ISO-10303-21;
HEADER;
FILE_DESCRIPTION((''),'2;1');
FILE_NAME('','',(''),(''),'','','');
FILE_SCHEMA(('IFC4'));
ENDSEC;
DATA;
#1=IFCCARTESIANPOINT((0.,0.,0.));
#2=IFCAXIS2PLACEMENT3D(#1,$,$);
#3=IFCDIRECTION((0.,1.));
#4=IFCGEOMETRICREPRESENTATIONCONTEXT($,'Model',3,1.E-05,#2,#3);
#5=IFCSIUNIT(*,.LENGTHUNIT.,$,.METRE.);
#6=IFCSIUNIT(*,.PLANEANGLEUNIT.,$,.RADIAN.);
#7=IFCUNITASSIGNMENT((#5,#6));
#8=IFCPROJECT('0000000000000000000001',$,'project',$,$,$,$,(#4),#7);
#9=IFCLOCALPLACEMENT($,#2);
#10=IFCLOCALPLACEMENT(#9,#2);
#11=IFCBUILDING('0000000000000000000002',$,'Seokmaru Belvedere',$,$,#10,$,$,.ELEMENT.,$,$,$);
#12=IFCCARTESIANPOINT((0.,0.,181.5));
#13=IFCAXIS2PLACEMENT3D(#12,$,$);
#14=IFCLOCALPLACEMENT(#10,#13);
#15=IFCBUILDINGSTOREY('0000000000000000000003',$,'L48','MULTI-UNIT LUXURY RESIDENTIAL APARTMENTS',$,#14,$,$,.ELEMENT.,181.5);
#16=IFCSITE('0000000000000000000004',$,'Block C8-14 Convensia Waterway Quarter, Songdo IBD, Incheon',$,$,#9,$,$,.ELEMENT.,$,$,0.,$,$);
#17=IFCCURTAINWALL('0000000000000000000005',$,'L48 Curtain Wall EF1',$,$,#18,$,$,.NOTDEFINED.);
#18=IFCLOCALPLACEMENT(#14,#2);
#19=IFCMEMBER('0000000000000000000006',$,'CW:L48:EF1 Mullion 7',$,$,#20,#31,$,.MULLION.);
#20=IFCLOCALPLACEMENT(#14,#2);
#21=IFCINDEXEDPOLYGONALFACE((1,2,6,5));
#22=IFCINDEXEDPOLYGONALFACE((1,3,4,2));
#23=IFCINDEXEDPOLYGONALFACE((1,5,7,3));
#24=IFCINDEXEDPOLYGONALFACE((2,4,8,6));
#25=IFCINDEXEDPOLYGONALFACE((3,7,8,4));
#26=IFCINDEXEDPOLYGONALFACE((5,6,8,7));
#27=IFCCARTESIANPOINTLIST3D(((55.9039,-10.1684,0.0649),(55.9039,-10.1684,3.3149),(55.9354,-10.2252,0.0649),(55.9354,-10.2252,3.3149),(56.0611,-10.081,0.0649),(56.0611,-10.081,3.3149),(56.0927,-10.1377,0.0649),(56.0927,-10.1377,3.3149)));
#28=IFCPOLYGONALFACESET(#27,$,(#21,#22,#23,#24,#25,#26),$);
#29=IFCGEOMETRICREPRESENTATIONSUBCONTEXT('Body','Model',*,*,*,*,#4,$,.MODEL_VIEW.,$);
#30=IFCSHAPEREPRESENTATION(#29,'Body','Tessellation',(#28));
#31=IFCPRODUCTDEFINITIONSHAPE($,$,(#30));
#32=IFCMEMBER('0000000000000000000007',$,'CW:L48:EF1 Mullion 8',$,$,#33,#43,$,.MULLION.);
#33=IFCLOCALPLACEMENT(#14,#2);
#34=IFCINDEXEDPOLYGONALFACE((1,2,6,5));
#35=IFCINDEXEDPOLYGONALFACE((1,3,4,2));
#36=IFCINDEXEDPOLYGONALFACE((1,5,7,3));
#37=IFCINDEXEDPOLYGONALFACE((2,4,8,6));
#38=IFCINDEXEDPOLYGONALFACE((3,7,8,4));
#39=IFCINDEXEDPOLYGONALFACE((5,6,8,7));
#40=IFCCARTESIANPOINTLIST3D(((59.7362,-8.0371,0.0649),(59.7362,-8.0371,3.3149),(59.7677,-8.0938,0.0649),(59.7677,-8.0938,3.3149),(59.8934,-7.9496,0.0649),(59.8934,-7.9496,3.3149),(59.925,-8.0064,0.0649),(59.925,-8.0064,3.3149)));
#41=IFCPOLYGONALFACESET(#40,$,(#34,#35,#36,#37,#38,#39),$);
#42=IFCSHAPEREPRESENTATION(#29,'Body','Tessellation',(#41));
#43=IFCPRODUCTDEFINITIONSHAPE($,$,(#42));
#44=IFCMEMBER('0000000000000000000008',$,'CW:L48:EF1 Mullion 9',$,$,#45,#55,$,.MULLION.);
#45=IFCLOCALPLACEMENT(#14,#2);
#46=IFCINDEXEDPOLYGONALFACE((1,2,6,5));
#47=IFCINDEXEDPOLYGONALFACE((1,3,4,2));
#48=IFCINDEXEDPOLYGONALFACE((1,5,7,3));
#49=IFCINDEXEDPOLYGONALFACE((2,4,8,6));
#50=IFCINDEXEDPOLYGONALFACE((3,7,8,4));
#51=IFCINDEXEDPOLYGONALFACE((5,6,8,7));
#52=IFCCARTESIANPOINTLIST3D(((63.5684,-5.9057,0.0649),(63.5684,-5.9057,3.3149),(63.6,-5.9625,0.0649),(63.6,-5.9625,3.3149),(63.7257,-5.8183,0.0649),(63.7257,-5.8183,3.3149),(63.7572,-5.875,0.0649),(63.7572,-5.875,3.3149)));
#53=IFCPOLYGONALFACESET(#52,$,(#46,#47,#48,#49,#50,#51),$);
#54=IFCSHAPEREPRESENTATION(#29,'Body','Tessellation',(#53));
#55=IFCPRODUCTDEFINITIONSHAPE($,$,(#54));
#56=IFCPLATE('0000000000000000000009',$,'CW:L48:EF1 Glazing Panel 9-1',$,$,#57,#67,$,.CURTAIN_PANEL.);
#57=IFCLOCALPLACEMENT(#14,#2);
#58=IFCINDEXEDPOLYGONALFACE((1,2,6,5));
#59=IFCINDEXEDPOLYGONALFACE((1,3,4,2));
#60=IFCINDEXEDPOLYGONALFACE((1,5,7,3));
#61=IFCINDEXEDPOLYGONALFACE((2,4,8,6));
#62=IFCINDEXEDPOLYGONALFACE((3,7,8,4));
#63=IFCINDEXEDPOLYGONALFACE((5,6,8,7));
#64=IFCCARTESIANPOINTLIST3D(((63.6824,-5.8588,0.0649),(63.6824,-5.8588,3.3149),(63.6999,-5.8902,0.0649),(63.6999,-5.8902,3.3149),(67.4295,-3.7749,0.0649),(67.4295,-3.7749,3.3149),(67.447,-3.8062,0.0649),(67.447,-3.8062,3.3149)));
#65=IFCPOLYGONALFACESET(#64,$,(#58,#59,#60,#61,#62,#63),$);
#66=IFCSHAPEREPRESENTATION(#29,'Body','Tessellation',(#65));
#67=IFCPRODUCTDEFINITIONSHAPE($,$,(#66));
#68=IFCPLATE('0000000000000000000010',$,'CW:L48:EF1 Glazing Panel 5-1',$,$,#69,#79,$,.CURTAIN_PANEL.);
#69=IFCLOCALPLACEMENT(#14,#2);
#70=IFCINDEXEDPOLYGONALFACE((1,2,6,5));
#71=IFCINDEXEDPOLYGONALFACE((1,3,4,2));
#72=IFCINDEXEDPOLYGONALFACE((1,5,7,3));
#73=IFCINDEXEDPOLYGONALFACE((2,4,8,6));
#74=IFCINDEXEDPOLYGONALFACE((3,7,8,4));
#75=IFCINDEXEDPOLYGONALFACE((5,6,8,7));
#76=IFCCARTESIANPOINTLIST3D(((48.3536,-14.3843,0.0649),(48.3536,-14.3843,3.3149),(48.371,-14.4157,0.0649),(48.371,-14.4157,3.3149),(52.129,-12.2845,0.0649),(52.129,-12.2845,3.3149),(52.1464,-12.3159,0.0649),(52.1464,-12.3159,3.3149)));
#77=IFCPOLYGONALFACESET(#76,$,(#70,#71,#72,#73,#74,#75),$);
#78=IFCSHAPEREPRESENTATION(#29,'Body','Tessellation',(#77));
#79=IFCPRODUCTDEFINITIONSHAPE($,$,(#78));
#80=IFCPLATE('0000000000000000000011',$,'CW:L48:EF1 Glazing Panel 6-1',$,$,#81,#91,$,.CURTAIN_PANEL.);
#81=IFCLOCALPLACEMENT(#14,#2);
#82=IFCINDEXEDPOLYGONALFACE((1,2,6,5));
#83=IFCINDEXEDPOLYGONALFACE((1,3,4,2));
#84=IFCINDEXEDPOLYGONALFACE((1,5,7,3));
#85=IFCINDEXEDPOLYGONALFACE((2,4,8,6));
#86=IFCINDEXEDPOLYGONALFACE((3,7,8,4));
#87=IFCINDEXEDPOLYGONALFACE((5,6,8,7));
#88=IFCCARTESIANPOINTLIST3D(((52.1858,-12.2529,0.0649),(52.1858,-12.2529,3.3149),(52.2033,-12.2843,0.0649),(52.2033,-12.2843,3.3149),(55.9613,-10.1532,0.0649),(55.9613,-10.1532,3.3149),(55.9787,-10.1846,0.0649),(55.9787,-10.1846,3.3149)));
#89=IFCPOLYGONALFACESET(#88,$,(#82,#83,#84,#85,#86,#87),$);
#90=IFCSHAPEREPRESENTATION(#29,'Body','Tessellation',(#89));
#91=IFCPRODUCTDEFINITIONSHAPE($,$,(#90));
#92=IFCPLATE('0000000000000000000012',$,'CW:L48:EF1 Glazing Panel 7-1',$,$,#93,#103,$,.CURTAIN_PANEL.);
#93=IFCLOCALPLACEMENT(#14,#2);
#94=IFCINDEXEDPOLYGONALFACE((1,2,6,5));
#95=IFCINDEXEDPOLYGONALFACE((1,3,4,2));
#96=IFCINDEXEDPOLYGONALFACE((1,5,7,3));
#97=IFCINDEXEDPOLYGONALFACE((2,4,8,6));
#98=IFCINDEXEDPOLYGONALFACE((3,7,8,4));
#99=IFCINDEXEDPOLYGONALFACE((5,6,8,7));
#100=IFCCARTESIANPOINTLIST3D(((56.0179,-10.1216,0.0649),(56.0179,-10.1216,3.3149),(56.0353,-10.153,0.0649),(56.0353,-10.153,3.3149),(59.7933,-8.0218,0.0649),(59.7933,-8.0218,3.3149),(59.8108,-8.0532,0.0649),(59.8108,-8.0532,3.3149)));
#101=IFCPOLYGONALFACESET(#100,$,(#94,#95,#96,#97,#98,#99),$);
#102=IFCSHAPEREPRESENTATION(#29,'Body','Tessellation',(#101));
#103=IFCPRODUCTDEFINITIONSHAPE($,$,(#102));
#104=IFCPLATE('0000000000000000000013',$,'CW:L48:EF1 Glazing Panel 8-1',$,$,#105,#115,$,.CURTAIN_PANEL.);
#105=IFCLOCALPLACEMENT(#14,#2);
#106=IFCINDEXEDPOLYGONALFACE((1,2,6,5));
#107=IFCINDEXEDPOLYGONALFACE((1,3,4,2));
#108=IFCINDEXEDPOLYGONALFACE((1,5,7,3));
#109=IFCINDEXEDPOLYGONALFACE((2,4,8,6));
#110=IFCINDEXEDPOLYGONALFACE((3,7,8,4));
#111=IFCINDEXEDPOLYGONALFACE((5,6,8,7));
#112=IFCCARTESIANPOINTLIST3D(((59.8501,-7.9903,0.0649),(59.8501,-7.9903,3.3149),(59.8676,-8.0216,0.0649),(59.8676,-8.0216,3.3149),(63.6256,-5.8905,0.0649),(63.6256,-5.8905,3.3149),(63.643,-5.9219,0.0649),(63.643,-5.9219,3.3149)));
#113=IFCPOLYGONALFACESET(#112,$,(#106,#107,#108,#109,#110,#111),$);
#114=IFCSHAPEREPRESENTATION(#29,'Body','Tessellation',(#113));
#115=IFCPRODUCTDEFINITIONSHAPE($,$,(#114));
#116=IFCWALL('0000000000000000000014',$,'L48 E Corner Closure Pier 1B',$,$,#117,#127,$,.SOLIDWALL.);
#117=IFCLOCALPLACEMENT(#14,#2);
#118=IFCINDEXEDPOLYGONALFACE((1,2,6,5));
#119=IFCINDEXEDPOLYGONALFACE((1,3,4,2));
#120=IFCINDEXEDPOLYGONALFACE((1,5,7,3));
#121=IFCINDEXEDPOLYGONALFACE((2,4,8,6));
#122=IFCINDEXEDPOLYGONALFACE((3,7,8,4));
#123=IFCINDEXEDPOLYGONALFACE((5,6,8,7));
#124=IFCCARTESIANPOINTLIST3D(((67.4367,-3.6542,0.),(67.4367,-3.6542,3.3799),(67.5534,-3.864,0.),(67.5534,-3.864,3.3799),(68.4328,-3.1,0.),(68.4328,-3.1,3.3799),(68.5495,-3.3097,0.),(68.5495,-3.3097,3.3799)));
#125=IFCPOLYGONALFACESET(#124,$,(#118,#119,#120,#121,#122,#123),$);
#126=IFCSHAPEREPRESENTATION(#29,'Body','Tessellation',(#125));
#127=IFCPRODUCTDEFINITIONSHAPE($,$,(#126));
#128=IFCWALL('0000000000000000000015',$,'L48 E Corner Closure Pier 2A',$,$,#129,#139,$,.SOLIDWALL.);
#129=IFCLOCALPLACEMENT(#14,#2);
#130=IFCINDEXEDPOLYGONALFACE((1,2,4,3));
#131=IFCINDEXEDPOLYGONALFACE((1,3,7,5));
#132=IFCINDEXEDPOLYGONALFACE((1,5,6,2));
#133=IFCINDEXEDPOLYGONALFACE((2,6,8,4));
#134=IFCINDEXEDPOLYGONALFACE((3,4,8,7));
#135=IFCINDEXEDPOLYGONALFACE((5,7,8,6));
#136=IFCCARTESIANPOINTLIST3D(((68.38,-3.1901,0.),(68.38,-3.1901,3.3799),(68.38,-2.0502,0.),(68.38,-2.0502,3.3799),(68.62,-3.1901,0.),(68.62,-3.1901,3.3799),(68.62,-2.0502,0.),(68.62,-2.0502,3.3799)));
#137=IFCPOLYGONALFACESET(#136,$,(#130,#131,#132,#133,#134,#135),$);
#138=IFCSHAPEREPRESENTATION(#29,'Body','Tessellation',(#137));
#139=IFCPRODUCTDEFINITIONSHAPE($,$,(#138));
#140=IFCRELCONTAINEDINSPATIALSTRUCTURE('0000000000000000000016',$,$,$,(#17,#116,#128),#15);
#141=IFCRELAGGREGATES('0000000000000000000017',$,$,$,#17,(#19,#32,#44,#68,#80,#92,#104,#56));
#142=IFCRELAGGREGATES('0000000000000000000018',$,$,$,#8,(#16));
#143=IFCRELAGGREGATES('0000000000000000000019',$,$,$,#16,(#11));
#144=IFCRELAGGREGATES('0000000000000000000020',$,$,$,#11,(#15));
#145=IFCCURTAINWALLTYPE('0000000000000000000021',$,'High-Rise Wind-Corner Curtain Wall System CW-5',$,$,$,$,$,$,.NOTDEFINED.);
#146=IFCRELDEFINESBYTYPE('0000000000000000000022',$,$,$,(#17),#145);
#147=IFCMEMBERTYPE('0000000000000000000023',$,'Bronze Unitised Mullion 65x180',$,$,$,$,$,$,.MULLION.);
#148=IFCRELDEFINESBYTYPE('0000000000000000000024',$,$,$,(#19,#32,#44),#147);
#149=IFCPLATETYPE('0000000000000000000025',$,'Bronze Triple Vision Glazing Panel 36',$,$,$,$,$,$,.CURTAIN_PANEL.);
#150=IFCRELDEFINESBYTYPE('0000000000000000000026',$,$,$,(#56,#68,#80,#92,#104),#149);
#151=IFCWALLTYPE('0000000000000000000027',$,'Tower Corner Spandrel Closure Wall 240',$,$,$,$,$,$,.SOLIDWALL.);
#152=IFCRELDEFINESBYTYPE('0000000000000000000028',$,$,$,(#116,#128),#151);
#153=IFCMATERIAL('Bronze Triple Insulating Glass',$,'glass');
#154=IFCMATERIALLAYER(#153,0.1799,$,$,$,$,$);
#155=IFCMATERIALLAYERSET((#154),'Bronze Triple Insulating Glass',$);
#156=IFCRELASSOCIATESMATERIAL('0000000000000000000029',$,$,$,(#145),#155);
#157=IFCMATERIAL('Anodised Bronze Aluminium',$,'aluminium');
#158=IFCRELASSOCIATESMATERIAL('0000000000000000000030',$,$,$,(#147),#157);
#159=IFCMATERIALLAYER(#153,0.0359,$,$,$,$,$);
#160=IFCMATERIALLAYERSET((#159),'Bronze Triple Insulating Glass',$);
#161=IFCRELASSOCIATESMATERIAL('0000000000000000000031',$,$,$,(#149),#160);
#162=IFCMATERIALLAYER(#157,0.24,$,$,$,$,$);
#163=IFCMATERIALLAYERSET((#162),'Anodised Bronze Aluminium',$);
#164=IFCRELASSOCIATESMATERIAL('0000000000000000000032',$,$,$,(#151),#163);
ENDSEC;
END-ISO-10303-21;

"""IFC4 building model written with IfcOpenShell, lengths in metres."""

from ifc_helpers import new_model, si_unit, direction, frame, frame_2d, origin, origin_2d, place, context, subcontext, project, spatial, rectangle, extrude, source, transform, mapped, material, layer, layer_set, material_profile, profile_set, type_object, type_shapes, element, aggregate, save


model = new_model("IFC4")

# Units and contexts
model_context = context("Model", 3, precision=1e-05, world=origin(), true_north=direction((0.0, 1.0)))
body_context = subcontext(model_context, "Body", "Model", "MODEL_VIEW")
ifc_project = project(units=[si_unit("LENGTHUNIT", "METRE"), si_unit("PLANEANGLEUNIT", "RADIAN")], contexts=[model_context])

# Site, building, storey
site_placement = place(None, origin())
site = spatial("IfcSite", under=ifc_project, at=site_placement, Name="Block C8-14 Convensia Waterway Quarter, Songdo IBD, Incheon", CompositionType="ELEMENT", RefElevation=0.0)
building_placement = place(site_placement, origin())
building = spatial("IfcBuilding", under=site, at=building_placement, Name="Seokmaru Belvedere", CompositionType="ELEMENT")
storey_placement = place(building_placement, frame((0.0, 0.0, 181.5)))
storey = spatial("IfcBuildingStorey", under=building, at=storey_placement, Name="L48", Description="MULTI-UNIT LUXURY RESIDENTIAL APARTMENTS", CompositionType="ELEMENT", Elevation=181.5)

# Curtain wall
ifc_material_1 = material(Name="Bronze Triple Insulating Glass", Category="glass")
ifc_layer_1 = layer(ifc_material_1, 0.1799)
ifc_layer_set_1 = layer_set([ifc_layer_1], Name="Bronze Triple Insulating Glass")
curtain_wall_type = type_object("IfcCurtainWallType", Name="High-Rise Wind-Corner Curtain Wall System CW-5", PredefinedType="NOTDEFINED", material=ifc_layer_set_1)
ifc_material_2 = material(Name="Anodised Bronze Aluminium", Category="aluminium")
curtain_wall_1_placement = place(storey_placement, origin())
curtain_wall_1 = element("IfcCurtainWall", 1, at=curtain_wall_1_placement, inside=storey, type_object=curtain_wall_type, Name="L48 Curtain Wall EF1", PredefinedType="NOTDEFINED")
ifc_material_profile_1 = material_profile(ifc_material_2, rectangle(XDim=0.0649, YDim=0.1799, at=origin_2d()), Name="CW-M-65x180")
ifc_profile_set_1 = profile_set([ifc_material_profile_1], Name="Anodised Bronze Aluminium")
member_type_1 = type_object("IfcMemberType", Name="Bronze Unitised Mullion 65x180", PredefinedType="MULLION", material=ifc_profile_set_1)

# Members
shared_shape_1 = source(origin(), body_context, "Body", "SweptSolid", [
    extrude(rectangle(XDim=0.0649, YDim=0.1799, at=origin_2d()), origin(), (0.0, 0.0, 1.0), 3.25),
])
member_1_placement = place(storey_placement, frame((55.9983, -10.1531, 0.0649), z_axis=(0.0, 0.0, 1.0), x_axis=(-0.486047, 0.873933, 0.0)))
member_1 = element("IfcMember", 2, at=member_1_placement, type_object=member_type_1, Name="CW:L48:EF1 Mullion 7", PredefinedType="MULLION", context=body_context, shape_type="MappedRepresentation", body=[
    mapped(shared_shape_1, transform((0.0, 0.0, 0.0), scale=1.0)),
])
member_2_placement = place(storey_placement, frame((59.8306, -8.0217, 0.0649), z_axis=(0.0, 0.0, 1.0), x_axis=(-0.486047, 0.873933, 0.0)))
member_2 = element("IfcMember", 3, at=member_2_placement, type_object=member_type_1, Name="CW:L48:EF1 Mullion 8", PredefinedType="MULLION", context=body_context, shape_type="MappedRepresentation", body=[
    mapped(shared_shape_1, transform((0.0, 0.0, 0.0), scale=1.0)),
])
member_3_placement = place(storey_placement, frame((63.6628, -5.8904, 0.0649), z_axis=(0.0, 0.0, 1.0), x_axis=(-0.486047, 0.873933, 0.0)))
member_3 = element("IfcMember", 4, at=member_3_placement, type_object=member_type_1, Name="CW:L48:EF1 Mullion 9", PredefinedType="MULLION", context=body_context, shape_type="MappedRepresentation", body=[
    mapped(shared_shape_1, transform((0.0, 0.0, 0.0), scale=1.0)),
])

# Plates
ifc_layer_2 = layer(ifc_material_1, 0.0359)
ifc_layer_set_2 = layer_set([ifc_layer_2], Name="Bronze Triple Insulating Glass")
plate_type = type_object("IfcPlateType", Name="Bronze Triple Vision Glazing Panel 36", PredefinedType="CURTAIN_PANEL", material=ifc_layer_set_2)
shared_shape_2 = source(origin(), body_context, "Body", "SweptSolid", [
    extrude(rectangle(XDim=4.2876, YDim=0.0359, at=origin_2d()), origin(), (0.0, 0.0, 1.0), 3.25),
])
plate_1_placement = place(storey_placement, frame((65.5647, -4.8325, 0.0649), z_axis=(0.0, 0.0, 1.0), x_axis=(0.873933, 0.486047, 0.0)))
plate_1 = element("IfcPlate", 5, at=plate_1_placement, type_object=plate_type, Name="CW:L48:EF1 Glazing Panel 9-1", PredefinedType="CURTAIN_PANEL", context=body_context, shape_type="MappedRepresentation", body=[
    mapped(shared_shape_2, transform((0.0, 0.0, 0.0), scale=1.0)),
])
shared_shape_3 = source(origin(), body_context, "Body", "SweptSolid", [
    extrude(rectangle(XDim=4.3201, YDim=0.0359, at=origin_2d()), origin(), (0.0, 0.0, 1.0), 3.25),
])
type_shapes(plate_type, [shared_shape_2, shared_shape_3])
plate_2_placement = place(storey_placement, frame((50.25, -13.3501, 0.0649), z_axis=(0.0, 0.0, 1.0), x_axis=(0.873933, 0.486047, 0.0)))
plate_2 = element("IfcPlate", 6, at=plate_2_placement, type_object=plate_type, Name="CW:L48:EF1 Glazing Panel 5-1", PredefinedType="CURTAIN_PANEL", context=body_context, shape_type="MappedRepresentation", body=[
    mapped(shared_shape_3, transform((0.0, 0.0, 0.0), scale=1.0)),
])
plate_3_placement = place(storey_placement, frame((54.0823, -11.2188, 0.0649), z_axis=(0.0, 0.0, 1.0), x_axis=(0.873933, 0.486047, 0.0)))
plate_3 = element("IfcPlate", 7, at=plate_3_placement, type_object=plate_type, Name="CW:L48:EF1 Glazing Panel 6-1", PredefinedType="CURTAIN_PANEL", context=body_context, shape_type="MappedRepresentation", body=[
    mapped(shared_shape_3, transform((0.0, 0.0, 0.0), scale=1.0)),
])
plate_4_placement = place(storey_placement, frame((57.9143, -9.0874, 0.0649), z_axis=(0.0, 0.0, 1.0), x_axis=(0.873933, 0.486047, 0.0)))
plate_4 = element("IfcPlate", 8, at=plate_4_placement, type_object=plate_type, Name="CW:L48:EF1 Glazing Panel 7-1", PredefinedType="CURTAIN_PANEL", context=body_context, shape_type="MappedRepresentation", body=[
    mapped(shared_shape_3, transform((0.0, 0.0, 0.0), scale=1.0)),
])
plate_5_placement = place(storey_placement, frame((61.7466, -6.9561, 0.0649), z_axis=(0.0, 0.0, 1.0), x_axis=(0.873933, 0.486047, 0.0)))
plate_5 = element("IfcPlate", 9, at=plate_5_placement, type_object=plate_type, Name="CW:L48:EF1 Glazing Panel 8-1", PredefinedType="CURTAIN_PANEL", context=body_context, shape_type="MappedRepresentation", body=[
    mapped(shared_shape_3, transform((0.0, 0.0, 0.0), scale=1.0)),
])
aggregate(curtain_wall_1, [member_1, member_2, member_3, plate_2, plate_3, plate_4, plate_5, plate_1])

# Walls
ifc_layer_3 = layer(ifc_material_2, 0.24)
ifc_layer_set_3 = layer_set([ifc_layer_3], Name="Anodised Bronze Aluminium")
wall_type = type_object("IfcWallType", Name="Tower Corner Spandrel Closure Wall 240", PredefinedType="SOLIDWALL", material=ifc_layer_set_3)
for number, where, z_axis, x_axis, name in (
    (10, (67.4951, -3.759, 0.0), (0.0, 0.0, 1.0), (0.873854, 0.486188, 0.0), "L48 E Corner Closure Pier 1B"),
    (11, (68.5, -3.1899, 0.0), (0.0, 0.0, 1.0), (0.0, 1.0, 0.0), "L48 E Corner Closure Pier 2A"),
):
    element("IfcWall", number, at=place(storey_placement, frame(where, z_axis=z_axis, x_axis=x_axis)), inside=storey, type_object=wall_type, Name=name, PredefinedType="SOLIDWALL", context=body_context, shape_type="SweptSolid", body=[
        extrude(rectangle(XDim=1.1399, YDim=0.24, at=frame_2d((0.5698, 0.0))), origin(), (0.0, 0.0, 1.0), 3.3799),
    ])

save(model, "model.ifc")
